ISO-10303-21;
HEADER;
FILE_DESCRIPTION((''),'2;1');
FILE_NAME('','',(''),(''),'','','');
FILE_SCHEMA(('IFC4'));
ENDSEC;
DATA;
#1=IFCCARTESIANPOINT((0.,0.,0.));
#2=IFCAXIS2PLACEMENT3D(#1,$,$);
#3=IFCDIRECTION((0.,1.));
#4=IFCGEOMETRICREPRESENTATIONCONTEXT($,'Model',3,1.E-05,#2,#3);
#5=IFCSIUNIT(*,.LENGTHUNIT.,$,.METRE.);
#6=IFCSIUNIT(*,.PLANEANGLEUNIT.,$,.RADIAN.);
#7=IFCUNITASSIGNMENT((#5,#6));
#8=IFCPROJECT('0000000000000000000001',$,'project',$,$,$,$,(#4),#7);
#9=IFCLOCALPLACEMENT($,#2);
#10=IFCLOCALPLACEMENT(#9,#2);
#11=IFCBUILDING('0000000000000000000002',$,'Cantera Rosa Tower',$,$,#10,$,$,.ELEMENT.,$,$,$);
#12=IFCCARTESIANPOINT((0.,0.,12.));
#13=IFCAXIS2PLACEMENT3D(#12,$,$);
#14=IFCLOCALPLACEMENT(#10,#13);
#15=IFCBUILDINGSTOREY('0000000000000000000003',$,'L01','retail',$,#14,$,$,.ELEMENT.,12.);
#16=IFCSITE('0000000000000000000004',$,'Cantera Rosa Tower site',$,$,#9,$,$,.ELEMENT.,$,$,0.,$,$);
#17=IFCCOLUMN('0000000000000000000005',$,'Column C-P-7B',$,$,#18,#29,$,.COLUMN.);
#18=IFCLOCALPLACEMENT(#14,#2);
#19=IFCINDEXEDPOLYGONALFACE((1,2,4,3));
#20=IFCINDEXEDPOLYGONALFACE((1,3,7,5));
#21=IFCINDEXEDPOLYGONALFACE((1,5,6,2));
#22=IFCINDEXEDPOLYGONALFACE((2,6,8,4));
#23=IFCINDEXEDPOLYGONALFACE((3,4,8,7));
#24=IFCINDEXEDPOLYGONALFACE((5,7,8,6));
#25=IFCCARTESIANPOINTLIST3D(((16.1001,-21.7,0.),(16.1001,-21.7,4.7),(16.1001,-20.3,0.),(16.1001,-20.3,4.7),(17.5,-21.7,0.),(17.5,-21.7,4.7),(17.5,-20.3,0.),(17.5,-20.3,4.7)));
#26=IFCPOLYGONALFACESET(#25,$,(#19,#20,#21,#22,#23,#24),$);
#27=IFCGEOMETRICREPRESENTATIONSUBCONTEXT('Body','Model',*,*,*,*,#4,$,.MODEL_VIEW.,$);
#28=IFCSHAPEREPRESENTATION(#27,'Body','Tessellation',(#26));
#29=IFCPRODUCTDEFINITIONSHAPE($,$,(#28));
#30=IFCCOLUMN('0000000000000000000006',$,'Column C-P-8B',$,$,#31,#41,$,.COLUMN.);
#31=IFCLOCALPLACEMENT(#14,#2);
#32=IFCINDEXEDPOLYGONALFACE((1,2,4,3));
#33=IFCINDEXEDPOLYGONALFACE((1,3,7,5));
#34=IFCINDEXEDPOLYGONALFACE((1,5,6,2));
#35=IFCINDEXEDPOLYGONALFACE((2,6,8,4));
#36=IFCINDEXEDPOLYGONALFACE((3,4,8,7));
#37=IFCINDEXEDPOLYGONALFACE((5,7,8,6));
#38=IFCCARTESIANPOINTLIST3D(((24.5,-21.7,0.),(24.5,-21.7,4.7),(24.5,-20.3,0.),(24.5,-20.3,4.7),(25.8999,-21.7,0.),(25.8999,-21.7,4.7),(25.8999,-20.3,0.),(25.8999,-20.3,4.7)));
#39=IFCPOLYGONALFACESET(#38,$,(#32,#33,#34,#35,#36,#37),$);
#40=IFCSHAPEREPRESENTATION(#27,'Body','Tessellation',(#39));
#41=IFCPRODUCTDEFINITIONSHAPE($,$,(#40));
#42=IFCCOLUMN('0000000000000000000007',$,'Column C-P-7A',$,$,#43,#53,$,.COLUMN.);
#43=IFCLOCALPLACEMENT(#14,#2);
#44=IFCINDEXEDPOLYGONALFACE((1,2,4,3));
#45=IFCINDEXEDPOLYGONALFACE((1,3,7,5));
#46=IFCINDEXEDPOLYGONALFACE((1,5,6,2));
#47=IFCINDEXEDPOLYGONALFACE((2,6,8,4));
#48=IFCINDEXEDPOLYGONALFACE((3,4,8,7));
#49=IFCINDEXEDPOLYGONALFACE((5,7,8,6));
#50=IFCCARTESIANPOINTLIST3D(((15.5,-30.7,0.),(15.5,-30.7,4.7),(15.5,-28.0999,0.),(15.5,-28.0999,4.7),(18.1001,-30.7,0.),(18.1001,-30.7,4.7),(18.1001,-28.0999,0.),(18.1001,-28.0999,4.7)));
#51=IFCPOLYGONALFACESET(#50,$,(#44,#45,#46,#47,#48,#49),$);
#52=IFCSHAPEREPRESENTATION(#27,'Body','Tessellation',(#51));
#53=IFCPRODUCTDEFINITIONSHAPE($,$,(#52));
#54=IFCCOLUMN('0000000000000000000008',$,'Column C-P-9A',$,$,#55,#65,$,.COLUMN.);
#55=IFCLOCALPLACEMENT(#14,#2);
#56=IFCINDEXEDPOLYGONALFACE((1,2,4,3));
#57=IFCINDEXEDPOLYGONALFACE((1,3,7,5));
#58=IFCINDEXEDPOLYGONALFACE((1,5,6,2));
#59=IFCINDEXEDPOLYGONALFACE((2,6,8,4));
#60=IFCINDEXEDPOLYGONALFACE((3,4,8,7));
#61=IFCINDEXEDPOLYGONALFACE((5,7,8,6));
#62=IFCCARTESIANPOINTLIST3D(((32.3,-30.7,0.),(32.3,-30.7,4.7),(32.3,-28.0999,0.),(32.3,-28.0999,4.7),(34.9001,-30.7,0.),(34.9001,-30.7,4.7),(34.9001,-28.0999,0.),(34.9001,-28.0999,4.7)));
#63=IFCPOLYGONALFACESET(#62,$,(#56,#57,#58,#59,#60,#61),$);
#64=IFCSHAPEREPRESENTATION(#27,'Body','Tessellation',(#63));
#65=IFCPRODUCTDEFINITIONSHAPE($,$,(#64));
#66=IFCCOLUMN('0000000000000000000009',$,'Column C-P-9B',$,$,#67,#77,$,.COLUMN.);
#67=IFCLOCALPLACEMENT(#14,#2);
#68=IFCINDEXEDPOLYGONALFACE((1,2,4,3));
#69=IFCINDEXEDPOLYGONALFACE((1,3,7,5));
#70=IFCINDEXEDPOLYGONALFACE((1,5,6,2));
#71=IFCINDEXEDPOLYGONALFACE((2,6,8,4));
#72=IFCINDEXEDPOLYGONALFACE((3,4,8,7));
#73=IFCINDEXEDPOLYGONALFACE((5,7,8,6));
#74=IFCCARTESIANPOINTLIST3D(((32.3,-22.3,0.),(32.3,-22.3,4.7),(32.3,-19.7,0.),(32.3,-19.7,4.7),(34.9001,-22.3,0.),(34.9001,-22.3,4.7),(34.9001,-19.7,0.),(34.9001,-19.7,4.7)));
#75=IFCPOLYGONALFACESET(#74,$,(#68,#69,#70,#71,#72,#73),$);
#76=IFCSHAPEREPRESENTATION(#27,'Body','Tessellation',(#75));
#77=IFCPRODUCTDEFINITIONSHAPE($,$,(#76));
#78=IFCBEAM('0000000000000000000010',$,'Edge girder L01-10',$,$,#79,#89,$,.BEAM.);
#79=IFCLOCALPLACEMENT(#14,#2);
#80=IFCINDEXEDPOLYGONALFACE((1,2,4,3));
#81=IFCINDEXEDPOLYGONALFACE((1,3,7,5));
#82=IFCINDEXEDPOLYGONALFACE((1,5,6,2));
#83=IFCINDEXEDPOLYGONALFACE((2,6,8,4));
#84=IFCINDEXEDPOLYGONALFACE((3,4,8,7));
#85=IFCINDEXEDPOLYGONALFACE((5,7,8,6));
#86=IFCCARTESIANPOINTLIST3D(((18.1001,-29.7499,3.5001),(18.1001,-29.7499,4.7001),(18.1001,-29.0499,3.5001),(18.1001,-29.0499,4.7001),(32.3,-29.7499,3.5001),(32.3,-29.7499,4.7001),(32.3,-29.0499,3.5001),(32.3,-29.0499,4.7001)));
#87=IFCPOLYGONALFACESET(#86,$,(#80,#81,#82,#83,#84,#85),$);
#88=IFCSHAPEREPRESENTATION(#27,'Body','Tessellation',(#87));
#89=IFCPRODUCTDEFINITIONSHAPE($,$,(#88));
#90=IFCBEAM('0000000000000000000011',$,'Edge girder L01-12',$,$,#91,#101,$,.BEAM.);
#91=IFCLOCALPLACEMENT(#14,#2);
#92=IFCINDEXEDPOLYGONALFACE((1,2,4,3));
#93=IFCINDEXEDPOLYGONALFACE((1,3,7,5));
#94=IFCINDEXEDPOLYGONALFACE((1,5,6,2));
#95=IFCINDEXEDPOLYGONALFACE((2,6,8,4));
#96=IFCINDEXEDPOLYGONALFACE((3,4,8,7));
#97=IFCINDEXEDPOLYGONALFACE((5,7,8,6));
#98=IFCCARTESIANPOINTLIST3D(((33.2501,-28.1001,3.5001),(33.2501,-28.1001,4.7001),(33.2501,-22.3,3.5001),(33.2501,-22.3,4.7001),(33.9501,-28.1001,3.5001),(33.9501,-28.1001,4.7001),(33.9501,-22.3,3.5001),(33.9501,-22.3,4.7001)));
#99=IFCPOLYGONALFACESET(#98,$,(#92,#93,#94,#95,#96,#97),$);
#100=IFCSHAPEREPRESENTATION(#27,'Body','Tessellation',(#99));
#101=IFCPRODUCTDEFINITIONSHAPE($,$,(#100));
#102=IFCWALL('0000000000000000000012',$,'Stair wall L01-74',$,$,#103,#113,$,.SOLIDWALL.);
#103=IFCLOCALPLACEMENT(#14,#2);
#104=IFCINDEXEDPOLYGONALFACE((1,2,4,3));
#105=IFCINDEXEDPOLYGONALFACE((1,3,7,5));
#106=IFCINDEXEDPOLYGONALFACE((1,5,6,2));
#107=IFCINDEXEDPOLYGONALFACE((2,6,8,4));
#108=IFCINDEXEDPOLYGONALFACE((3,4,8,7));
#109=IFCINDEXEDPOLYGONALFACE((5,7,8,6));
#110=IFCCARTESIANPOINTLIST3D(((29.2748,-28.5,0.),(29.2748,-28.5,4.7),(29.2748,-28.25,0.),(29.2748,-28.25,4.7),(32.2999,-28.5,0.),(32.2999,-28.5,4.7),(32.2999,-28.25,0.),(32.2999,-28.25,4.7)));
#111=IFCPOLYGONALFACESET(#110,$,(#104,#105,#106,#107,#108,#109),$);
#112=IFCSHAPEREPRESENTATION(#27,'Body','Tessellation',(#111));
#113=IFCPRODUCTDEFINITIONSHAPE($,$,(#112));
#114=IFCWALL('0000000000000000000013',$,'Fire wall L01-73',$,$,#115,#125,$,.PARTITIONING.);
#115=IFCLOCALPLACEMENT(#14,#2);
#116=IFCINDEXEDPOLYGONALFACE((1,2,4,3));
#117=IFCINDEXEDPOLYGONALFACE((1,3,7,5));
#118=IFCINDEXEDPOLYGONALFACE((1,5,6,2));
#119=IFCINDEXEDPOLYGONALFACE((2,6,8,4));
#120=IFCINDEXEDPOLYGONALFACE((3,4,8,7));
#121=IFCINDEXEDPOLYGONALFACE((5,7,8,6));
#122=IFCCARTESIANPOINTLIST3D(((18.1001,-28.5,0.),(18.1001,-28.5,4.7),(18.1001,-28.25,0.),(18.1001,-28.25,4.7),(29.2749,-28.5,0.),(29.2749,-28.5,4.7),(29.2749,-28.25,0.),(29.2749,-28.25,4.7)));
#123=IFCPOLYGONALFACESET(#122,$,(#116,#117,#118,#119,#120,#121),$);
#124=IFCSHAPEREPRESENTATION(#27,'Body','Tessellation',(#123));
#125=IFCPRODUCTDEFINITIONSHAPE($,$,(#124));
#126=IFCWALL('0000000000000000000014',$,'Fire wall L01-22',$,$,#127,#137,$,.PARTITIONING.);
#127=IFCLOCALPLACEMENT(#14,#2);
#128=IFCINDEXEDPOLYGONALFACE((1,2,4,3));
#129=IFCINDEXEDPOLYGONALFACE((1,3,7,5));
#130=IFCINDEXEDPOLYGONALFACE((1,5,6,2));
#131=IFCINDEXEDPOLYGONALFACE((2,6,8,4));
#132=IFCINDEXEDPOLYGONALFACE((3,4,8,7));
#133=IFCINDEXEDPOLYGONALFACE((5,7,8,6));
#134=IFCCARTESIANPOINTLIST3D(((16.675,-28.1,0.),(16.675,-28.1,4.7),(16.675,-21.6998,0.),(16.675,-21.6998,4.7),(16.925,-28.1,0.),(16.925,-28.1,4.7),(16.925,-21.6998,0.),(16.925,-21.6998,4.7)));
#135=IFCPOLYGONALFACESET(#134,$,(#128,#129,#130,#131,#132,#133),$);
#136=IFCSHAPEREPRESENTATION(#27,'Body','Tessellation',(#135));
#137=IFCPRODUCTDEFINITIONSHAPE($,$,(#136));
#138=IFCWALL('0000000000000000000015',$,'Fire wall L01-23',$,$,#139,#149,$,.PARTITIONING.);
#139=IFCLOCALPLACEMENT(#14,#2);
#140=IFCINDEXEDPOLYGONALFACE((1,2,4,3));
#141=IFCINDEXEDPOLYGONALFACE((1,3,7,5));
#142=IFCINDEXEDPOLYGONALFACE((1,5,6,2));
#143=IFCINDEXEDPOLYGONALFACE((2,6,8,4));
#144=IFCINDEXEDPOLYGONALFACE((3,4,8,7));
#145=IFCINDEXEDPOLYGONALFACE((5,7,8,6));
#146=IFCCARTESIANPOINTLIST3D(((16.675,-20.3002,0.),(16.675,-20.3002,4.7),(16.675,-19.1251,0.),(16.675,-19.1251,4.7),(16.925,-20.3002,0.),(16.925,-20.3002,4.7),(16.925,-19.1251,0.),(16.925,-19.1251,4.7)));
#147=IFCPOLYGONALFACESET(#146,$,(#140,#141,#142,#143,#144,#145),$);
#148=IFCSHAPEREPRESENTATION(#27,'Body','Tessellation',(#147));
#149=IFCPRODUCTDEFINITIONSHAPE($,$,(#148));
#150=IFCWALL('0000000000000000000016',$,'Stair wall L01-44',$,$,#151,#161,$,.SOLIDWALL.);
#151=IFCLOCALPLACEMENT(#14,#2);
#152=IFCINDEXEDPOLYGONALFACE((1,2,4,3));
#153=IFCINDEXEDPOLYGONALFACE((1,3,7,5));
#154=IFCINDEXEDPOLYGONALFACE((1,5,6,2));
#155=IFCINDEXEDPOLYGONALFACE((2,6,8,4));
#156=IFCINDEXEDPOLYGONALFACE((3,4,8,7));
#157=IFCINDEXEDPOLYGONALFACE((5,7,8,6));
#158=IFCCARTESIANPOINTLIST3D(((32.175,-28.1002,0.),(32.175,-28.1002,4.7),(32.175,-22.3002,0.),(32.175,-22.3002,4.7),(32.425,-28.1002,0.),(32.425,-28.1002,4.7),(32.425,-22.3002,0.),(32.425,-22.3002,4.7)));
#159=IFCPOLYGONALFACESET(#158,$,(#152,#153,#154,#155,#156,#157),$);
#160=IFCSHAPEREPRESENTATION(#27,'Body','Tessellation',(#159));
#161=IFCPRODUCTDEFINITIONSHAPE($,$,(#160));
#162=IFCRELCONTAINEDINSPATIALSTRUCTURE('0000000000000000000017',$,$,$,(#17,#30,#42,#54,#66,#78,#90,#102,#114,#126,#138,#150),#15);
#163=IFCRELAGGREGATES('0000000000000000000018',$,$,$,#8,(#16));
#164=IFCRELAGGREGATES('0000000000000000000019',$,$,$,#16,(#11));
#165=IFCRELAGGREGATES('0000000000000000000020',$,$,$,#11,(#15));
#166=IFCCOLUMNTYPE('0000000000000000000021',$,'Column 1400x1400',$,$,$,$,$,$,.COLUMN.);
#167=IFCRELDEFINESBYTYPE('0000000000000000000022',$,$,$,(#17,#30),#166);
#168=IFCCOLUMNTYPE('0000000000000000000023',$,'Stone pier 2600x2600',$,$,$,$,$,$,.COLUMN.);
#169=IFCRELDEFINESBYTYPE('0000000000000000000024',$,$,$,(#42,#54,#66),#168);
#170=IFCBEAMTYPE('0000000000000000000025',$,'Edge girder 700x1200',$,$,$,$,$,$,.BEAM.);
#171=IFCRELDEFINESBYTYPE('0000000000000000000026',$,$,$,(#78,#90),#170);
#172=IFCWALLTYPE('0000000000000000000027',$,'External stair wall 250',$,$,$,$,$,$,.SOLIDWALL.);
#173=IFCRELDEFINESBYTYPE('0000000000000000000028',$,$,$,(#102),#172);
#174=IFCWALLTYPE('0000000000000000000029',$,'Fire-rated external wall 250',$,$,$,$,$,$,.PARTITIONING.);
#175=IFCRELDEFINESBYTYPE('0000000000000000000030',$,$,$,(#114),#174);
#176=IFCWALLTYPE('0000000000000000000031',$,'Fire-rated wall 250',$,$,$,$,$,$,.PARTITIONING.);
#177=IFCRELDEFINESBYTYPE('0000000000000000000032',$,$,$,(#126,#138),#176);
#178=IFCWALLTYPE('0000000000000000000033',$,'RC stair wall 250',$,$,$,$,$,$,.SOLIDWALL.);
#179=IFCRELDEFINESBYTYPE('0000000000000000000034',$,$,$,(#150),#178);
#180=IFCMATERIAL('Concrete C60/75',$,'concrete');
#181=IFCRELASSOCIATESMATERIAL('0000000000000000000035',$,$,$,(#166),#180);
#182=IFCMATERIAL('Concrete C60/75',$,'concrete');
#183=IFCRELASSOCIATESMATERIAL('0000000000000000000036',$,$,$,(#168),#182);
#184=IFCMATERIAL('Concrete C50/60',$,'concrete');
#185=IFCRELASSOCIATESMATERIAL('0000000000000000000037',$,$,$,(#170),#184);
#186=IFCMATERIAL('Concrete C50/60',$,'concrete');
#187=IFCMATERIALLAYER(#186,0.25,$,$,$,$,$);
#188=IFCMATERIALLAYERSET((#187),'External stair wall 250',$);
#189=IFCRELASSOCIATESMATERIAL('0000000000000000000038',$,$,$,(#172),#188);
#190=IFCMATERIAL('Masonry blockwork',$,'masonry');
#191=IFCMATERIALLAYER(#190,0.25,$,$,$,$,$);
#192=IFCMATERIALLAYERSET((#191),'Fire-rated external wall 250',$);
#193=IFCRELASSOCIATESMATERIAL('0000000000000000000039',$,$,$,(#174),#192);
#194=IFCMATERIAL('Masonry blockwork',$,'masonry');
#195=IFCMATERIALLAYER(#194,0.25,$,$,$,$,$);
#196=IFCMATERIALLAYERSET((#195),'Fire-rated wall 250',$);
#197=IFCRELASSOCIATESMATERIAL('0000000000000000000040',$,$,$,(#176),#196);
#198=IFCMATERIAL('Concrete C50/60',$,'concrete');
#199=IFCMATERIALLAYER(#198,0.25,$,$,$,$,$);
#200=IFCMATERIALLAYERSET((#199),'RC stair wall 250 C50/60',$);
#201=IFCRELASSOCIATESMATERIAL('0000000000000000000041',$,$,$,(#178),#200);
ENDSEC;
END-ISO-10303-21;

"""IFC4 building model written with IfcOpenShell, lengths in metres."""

from ifc_helpers import new_model, si_unit, direction, frame, frame_2d, origin, origin_2d, place, context, subcontext, project, spatial, rectangle, extrude, material, layer, layer_set, material_profile, profile_set, type_object, element, save


model = new_model("IFC4")

# Units and contexts
model_context = context("Model", 3, precision=1e-05, world=origin(), true_north=direction((0.0, 1.0)))
body_context = subcontext(model_context, "Body", "Model", "MODEL_VIEW")
ifc_project = project(units=[si_unit("LENGTHUNIT", "METRE"), si_unit("PLANEANGLEUNIT", "RADIAN")], contexts=[model_context])

# Site, building, storey
site_placement = place(None, origin())
site = spatial("IfcSite", under=ifc_project, at=site_placement, Name="Cantera Rosa Tower site", CompositionType="ELEMENT", RefElevation=0.0)
building_placement = place(site_placement, origin())
building = spatial("IfcBuilding", under=site, at=building_placement, Name="Cantera Rosa Tower", CompositionType="ELEMENT")
storey_placement = place(building_placement, frame((0.0, 0.0, 12.0)))
storey = spatial("IfcBuildingStorey", under=building, at=storey_placement, Name="L01", Description="retail", CompositionType="ELEMENT", Elevation=12.0)

# Columns
ifc_material_1 = material(Name="Concrete C60/75", Category="concrete")
ifc_material_profile_1 = material_profile(ifc_material_1, rectangle(XDim=1.3999, YDim=1.3999, at=origin_2d()), Name="Column 1400x1400")
ifc_profile_set_1 = profile_set([ifc_material_profile_1], Name="Concrete C60/75")
column_type_1 = type_object("IfcColumnType", Name="Column 1400x1400", PredefinedType="COLUMN", material=ifc_profile_set_1)
for number, where, z_axis, x_axis, name in (
    (1, (16.8, -21.0, 0.0), (0.0, 0.0, 1.0), (1.0, 0.0, 0.0), "Column C-P-7B"),
    (2, (25.2, -21.0, 0.0), (0.0, 0.0, 1.0), (1.0, 0.0, 0.0), "Column C-P-8B"),
):
    element("IfcColumn", number, at=place(storey_placement, frame(where, z_axis=z_axis, x_axis=x_axis)), inside=storey, type_object=column_type_1, Name=name, PredefinedType="COLUMN", context=body_context, shape_type="SweptSolid", body=[
        extrude(rectangle(XDim=1.3999, YDim=1.3999, at=origin_2d()), origin(), (0.0, 0.0, 1.0), 4.7),
    ])
ifc_material_2 = material(Name="Concrete C60/75", Category="concrete")
ifc_material_profile_2 = material_profile(ifc_material_2, rectangle(XDim=2.6001, YDim=2.6001, at=origin_2d()), Name="Stone pier 2600x2600")
ifc_profile_set_2 = profile_set([ifc_material_profile_2], Name="Concrete C60/75")
column_type_2 = type_object("IfcColumnType", Name="Stone pier 2600x2600", PredefinedType="COLUMN", material=ifc_profile_set_2)
for number, where, z_axis, x_axis, name in (
    (3, (16.8, -29.3999, 0.0), (0.0, 0.0, 1.0), (1.0, 0.0, 0.0), "Column C-P-7A"),
    (4, (33.6001, -29.3999, 0.0), (0.0, 0.0, 1.0), (1.0, 0.0, 0.0), "Column C-P-9A"),
    (5, (33.6001, -21.0, 0.0), (0.0, 0.0, 1.0), (1.0, 0.0, 0.0), "Column C-P-9B"),
):
    element("IfcColumn", number, at=place(storey_placement, frame(where, z_axis=z_axis, x_axis=x_axis)), inside=storey, type_object=column_type_2, Name=name, PredefinedType="COLUMN", context=body_context, shape_type="SweptSolid", body=[
        extrude(rectangle(XDim=2.6001, YDim=2.6001, at=origin_2d()), origin(), (0.0, 0.0, 1.0), 4.7),
    ])

# Beams
ifc_material_3 = material(Name="Concrete C50/60", Category="concrete")
ifc_material_profile_3 = material_profile(ifc_material_3, rectangle(XDim=0.7, YDim=1.2, at=origin_2d()), Name="Edge girder 700x1200")
ifc_profile_set_3 = profile_set([ifc_material_profile_3], Name="Concrete C50/60")
beam_type = type_object("IfcBeamType", Name="Edge girder 700x1200", PredefinedType="BEAM", material=ifc_profile_set_3)
beam_1_placement = place(storey_placement, frame((18.1001, -29.3999, 4.1001), z_axis=(1.0, 0.0, 0.0), x_axis=(0.0, 1.0, 0.0)))
element("IfcBeam", 6, at=beam_1_placement, inside=storey, type_object=beam_type, Name="Edge girder L01-10", PredefinedType="BEAM", context=body_context, shape_type="SweptSolid", body=[
    extrude(rectangle(XDim=0.7, YDim=1.2, at=origin_2d()), origin(), (0.0, 0.0, 1.0), 14.2),
])
beam_2_placement = place(storey_placement, frame((33.6001, -28.1001, 4.1001), z_axis=(0.0, 1.0, 0.0), x_axis=(-1.0, 0.0, 0.0)))
element("IfcBeam", 7, at=beam_2_placement, inside=storey, type_object=beam_type, Name="Edge girder L01-12", PredefinedType="BEAM", context=body_context, shape_type="SweptSolid", body=[
    extrude(rectangle(XDim=0.7, YDim=1.2, at=origin_2d()), origin(), (0.0, 0.0, 1.0), 5.8),
])

# Walls
ifc_material_4 = material(Name="Concrete C50/60", Category="concrete")
ifc_layer_1 = layer(ifc_material_4, 0.25)
ifc_layer_set_1 = layer_set([ifc_layer_1], Name="External stair wall 250")
wall_type_1 = type_object("IfcWallType", Name="External stair wall 250", PredefinedType="SOLIDWALL", material=ifc_layer_set_1)
wall_1_placement = place(storey_placement, frame((32.3, -28.375, 0.0), z_axis=(0.0, 0.0, 1.0), x_axis=(-1.0, 0.0, 0.0)))
element("IfcWall", 8, at=wall_1_placement, inside=storey, type_object=wall_type_1, Name="Stair wall L01-74", PredefinedType="SOLIDWALL", context=body_context, shape_type="SweptSolid", body=[
    extrude(rectangle(XDim=3.0251, YDim=0.25, at=frame_2d((1.5127, 0.0))), origin(), (0.0, 0.0, 1.0), 4.7),
])
ifc_material_5 = material(Name="Masonry blockwork", Category="masonry")
ifc_layer_2 = layer(ifc_material_5, 0.25)
ifc_layer_set_2 = layer_set([ifc_layer_2], Name="Fire-rated external wall 250")
wall_type_2 = type_object("IfcWallType", Name="Fire-rated external wall 250", PredefinedType="PARTITIONING", material=ifc_layer_set_2)
wall_2_placement = place(storey_placement, frame((18.1001, -28.375, 0.0), z_axis=(0.0, 0.0, 1.0), x_axis=(1.0, 0.0, 0.0)))
element("IfcWall", 9, at=wall_2_placement, inside=storey, type_object=wall_type_2, Name="Fire wall L01-73", PredefinedType="PARTITIONING", context=body_context, shape_type="SweptSolid", body=[
    extrude(rectangle(XDim=11.1748, YDim=0.25, at=frame_2d((5.5874, 0.0))), origin(), (0.0, 0.0, 1.0), 4.7),
])
ifc_material_6 = material(Name="Masonry blockwork", Category="masonry")
ifc_layer_3 = layer(ifc_material_6, 0.25)
ifc_layer_set_3 = layer_set([ifc_layer_3], Name="Fire-rated wall 250")
wall_type_3 = type_object("IfcWallType", Name="Fire-rated wall 250", PredefinedType="PARTITIONING", material=ifc_layer_set_3)
wall_3_placement = place(storey_placement, frame((16.8, -28.1001, 0.0), z_axis=(0.0, 0.0, 1.0), x_axis=(0.0, 1.0, 0.0)))
element("IfcWall", 10, at=wall_3_placement, inside=storey, type_object=wall_type_3, Name="Fire wall L01-22", PredefinedType="PARTITIONING", context=body_context, shape_type="SweptSolid", body=[
    extrude(rectangle(XDim=6.4001, YDim=0.25, at=frame_2d((3.2002, 0.0))), origin(), (0.0, 0.0, 1.0), 4.7),
])
wall_4_placement = place(storey_placement, frame((16.8, -20.3, 0.0), z_axis=(0.0, 0.0, 1.0), x_axis=(0.0, 1.0, 0.0)))
element("IfcWall", 11, at=wall_4_placement, inside=storey, type_object=wall_type_3, Name="Fire wall L01-23", PredefinedType="PARTITIONING", context=body_context, shape_type="SweptSolid", body=[
    extrude(rectangle(XDim=1.175, YDim=0.25, at=frame_2d((0.5874, 0.0))), origin(), (0.0, 0.0, 1.0), 4.7),
])
ifc_material_7 = material(Name="Concrete C50/60", Category="concrete")
ifc_layer_4 = layer(ifc_material_7, 0.25)
ifc_layer_set_4 = layer_set([ifc_layer_4], Name="RC stair wall 250 C50/60")
wall_type_4 = type_object("IfcWallType", Name="RC stair wall 250", PredefinedType="SOLIDWALL", material=ifc_layer_set_4)
wall_5_placement = place(storey_placement, frame((32.3, -28.1001, 0.0), z_axis=(0.0, 0.0, 1.0), x_axis=(0.0, 1.0, 0.0)))
element("IfcWall", 12, at=wall_5_placement, inside=storey, type_object=wall_type_4, Name="Stair wall L01-44", PredefinedType="SOLIDWALL", context=body_context, shape_type="SweptSolid", body=[
    extrude(rectangle(XDim=5.8, YDim=0.25, at=frame_2d((2.8999, 0.0))), origin(), (0.0, 0.0, 1.0), 4.7),
])

save(model, "model.ifc")
